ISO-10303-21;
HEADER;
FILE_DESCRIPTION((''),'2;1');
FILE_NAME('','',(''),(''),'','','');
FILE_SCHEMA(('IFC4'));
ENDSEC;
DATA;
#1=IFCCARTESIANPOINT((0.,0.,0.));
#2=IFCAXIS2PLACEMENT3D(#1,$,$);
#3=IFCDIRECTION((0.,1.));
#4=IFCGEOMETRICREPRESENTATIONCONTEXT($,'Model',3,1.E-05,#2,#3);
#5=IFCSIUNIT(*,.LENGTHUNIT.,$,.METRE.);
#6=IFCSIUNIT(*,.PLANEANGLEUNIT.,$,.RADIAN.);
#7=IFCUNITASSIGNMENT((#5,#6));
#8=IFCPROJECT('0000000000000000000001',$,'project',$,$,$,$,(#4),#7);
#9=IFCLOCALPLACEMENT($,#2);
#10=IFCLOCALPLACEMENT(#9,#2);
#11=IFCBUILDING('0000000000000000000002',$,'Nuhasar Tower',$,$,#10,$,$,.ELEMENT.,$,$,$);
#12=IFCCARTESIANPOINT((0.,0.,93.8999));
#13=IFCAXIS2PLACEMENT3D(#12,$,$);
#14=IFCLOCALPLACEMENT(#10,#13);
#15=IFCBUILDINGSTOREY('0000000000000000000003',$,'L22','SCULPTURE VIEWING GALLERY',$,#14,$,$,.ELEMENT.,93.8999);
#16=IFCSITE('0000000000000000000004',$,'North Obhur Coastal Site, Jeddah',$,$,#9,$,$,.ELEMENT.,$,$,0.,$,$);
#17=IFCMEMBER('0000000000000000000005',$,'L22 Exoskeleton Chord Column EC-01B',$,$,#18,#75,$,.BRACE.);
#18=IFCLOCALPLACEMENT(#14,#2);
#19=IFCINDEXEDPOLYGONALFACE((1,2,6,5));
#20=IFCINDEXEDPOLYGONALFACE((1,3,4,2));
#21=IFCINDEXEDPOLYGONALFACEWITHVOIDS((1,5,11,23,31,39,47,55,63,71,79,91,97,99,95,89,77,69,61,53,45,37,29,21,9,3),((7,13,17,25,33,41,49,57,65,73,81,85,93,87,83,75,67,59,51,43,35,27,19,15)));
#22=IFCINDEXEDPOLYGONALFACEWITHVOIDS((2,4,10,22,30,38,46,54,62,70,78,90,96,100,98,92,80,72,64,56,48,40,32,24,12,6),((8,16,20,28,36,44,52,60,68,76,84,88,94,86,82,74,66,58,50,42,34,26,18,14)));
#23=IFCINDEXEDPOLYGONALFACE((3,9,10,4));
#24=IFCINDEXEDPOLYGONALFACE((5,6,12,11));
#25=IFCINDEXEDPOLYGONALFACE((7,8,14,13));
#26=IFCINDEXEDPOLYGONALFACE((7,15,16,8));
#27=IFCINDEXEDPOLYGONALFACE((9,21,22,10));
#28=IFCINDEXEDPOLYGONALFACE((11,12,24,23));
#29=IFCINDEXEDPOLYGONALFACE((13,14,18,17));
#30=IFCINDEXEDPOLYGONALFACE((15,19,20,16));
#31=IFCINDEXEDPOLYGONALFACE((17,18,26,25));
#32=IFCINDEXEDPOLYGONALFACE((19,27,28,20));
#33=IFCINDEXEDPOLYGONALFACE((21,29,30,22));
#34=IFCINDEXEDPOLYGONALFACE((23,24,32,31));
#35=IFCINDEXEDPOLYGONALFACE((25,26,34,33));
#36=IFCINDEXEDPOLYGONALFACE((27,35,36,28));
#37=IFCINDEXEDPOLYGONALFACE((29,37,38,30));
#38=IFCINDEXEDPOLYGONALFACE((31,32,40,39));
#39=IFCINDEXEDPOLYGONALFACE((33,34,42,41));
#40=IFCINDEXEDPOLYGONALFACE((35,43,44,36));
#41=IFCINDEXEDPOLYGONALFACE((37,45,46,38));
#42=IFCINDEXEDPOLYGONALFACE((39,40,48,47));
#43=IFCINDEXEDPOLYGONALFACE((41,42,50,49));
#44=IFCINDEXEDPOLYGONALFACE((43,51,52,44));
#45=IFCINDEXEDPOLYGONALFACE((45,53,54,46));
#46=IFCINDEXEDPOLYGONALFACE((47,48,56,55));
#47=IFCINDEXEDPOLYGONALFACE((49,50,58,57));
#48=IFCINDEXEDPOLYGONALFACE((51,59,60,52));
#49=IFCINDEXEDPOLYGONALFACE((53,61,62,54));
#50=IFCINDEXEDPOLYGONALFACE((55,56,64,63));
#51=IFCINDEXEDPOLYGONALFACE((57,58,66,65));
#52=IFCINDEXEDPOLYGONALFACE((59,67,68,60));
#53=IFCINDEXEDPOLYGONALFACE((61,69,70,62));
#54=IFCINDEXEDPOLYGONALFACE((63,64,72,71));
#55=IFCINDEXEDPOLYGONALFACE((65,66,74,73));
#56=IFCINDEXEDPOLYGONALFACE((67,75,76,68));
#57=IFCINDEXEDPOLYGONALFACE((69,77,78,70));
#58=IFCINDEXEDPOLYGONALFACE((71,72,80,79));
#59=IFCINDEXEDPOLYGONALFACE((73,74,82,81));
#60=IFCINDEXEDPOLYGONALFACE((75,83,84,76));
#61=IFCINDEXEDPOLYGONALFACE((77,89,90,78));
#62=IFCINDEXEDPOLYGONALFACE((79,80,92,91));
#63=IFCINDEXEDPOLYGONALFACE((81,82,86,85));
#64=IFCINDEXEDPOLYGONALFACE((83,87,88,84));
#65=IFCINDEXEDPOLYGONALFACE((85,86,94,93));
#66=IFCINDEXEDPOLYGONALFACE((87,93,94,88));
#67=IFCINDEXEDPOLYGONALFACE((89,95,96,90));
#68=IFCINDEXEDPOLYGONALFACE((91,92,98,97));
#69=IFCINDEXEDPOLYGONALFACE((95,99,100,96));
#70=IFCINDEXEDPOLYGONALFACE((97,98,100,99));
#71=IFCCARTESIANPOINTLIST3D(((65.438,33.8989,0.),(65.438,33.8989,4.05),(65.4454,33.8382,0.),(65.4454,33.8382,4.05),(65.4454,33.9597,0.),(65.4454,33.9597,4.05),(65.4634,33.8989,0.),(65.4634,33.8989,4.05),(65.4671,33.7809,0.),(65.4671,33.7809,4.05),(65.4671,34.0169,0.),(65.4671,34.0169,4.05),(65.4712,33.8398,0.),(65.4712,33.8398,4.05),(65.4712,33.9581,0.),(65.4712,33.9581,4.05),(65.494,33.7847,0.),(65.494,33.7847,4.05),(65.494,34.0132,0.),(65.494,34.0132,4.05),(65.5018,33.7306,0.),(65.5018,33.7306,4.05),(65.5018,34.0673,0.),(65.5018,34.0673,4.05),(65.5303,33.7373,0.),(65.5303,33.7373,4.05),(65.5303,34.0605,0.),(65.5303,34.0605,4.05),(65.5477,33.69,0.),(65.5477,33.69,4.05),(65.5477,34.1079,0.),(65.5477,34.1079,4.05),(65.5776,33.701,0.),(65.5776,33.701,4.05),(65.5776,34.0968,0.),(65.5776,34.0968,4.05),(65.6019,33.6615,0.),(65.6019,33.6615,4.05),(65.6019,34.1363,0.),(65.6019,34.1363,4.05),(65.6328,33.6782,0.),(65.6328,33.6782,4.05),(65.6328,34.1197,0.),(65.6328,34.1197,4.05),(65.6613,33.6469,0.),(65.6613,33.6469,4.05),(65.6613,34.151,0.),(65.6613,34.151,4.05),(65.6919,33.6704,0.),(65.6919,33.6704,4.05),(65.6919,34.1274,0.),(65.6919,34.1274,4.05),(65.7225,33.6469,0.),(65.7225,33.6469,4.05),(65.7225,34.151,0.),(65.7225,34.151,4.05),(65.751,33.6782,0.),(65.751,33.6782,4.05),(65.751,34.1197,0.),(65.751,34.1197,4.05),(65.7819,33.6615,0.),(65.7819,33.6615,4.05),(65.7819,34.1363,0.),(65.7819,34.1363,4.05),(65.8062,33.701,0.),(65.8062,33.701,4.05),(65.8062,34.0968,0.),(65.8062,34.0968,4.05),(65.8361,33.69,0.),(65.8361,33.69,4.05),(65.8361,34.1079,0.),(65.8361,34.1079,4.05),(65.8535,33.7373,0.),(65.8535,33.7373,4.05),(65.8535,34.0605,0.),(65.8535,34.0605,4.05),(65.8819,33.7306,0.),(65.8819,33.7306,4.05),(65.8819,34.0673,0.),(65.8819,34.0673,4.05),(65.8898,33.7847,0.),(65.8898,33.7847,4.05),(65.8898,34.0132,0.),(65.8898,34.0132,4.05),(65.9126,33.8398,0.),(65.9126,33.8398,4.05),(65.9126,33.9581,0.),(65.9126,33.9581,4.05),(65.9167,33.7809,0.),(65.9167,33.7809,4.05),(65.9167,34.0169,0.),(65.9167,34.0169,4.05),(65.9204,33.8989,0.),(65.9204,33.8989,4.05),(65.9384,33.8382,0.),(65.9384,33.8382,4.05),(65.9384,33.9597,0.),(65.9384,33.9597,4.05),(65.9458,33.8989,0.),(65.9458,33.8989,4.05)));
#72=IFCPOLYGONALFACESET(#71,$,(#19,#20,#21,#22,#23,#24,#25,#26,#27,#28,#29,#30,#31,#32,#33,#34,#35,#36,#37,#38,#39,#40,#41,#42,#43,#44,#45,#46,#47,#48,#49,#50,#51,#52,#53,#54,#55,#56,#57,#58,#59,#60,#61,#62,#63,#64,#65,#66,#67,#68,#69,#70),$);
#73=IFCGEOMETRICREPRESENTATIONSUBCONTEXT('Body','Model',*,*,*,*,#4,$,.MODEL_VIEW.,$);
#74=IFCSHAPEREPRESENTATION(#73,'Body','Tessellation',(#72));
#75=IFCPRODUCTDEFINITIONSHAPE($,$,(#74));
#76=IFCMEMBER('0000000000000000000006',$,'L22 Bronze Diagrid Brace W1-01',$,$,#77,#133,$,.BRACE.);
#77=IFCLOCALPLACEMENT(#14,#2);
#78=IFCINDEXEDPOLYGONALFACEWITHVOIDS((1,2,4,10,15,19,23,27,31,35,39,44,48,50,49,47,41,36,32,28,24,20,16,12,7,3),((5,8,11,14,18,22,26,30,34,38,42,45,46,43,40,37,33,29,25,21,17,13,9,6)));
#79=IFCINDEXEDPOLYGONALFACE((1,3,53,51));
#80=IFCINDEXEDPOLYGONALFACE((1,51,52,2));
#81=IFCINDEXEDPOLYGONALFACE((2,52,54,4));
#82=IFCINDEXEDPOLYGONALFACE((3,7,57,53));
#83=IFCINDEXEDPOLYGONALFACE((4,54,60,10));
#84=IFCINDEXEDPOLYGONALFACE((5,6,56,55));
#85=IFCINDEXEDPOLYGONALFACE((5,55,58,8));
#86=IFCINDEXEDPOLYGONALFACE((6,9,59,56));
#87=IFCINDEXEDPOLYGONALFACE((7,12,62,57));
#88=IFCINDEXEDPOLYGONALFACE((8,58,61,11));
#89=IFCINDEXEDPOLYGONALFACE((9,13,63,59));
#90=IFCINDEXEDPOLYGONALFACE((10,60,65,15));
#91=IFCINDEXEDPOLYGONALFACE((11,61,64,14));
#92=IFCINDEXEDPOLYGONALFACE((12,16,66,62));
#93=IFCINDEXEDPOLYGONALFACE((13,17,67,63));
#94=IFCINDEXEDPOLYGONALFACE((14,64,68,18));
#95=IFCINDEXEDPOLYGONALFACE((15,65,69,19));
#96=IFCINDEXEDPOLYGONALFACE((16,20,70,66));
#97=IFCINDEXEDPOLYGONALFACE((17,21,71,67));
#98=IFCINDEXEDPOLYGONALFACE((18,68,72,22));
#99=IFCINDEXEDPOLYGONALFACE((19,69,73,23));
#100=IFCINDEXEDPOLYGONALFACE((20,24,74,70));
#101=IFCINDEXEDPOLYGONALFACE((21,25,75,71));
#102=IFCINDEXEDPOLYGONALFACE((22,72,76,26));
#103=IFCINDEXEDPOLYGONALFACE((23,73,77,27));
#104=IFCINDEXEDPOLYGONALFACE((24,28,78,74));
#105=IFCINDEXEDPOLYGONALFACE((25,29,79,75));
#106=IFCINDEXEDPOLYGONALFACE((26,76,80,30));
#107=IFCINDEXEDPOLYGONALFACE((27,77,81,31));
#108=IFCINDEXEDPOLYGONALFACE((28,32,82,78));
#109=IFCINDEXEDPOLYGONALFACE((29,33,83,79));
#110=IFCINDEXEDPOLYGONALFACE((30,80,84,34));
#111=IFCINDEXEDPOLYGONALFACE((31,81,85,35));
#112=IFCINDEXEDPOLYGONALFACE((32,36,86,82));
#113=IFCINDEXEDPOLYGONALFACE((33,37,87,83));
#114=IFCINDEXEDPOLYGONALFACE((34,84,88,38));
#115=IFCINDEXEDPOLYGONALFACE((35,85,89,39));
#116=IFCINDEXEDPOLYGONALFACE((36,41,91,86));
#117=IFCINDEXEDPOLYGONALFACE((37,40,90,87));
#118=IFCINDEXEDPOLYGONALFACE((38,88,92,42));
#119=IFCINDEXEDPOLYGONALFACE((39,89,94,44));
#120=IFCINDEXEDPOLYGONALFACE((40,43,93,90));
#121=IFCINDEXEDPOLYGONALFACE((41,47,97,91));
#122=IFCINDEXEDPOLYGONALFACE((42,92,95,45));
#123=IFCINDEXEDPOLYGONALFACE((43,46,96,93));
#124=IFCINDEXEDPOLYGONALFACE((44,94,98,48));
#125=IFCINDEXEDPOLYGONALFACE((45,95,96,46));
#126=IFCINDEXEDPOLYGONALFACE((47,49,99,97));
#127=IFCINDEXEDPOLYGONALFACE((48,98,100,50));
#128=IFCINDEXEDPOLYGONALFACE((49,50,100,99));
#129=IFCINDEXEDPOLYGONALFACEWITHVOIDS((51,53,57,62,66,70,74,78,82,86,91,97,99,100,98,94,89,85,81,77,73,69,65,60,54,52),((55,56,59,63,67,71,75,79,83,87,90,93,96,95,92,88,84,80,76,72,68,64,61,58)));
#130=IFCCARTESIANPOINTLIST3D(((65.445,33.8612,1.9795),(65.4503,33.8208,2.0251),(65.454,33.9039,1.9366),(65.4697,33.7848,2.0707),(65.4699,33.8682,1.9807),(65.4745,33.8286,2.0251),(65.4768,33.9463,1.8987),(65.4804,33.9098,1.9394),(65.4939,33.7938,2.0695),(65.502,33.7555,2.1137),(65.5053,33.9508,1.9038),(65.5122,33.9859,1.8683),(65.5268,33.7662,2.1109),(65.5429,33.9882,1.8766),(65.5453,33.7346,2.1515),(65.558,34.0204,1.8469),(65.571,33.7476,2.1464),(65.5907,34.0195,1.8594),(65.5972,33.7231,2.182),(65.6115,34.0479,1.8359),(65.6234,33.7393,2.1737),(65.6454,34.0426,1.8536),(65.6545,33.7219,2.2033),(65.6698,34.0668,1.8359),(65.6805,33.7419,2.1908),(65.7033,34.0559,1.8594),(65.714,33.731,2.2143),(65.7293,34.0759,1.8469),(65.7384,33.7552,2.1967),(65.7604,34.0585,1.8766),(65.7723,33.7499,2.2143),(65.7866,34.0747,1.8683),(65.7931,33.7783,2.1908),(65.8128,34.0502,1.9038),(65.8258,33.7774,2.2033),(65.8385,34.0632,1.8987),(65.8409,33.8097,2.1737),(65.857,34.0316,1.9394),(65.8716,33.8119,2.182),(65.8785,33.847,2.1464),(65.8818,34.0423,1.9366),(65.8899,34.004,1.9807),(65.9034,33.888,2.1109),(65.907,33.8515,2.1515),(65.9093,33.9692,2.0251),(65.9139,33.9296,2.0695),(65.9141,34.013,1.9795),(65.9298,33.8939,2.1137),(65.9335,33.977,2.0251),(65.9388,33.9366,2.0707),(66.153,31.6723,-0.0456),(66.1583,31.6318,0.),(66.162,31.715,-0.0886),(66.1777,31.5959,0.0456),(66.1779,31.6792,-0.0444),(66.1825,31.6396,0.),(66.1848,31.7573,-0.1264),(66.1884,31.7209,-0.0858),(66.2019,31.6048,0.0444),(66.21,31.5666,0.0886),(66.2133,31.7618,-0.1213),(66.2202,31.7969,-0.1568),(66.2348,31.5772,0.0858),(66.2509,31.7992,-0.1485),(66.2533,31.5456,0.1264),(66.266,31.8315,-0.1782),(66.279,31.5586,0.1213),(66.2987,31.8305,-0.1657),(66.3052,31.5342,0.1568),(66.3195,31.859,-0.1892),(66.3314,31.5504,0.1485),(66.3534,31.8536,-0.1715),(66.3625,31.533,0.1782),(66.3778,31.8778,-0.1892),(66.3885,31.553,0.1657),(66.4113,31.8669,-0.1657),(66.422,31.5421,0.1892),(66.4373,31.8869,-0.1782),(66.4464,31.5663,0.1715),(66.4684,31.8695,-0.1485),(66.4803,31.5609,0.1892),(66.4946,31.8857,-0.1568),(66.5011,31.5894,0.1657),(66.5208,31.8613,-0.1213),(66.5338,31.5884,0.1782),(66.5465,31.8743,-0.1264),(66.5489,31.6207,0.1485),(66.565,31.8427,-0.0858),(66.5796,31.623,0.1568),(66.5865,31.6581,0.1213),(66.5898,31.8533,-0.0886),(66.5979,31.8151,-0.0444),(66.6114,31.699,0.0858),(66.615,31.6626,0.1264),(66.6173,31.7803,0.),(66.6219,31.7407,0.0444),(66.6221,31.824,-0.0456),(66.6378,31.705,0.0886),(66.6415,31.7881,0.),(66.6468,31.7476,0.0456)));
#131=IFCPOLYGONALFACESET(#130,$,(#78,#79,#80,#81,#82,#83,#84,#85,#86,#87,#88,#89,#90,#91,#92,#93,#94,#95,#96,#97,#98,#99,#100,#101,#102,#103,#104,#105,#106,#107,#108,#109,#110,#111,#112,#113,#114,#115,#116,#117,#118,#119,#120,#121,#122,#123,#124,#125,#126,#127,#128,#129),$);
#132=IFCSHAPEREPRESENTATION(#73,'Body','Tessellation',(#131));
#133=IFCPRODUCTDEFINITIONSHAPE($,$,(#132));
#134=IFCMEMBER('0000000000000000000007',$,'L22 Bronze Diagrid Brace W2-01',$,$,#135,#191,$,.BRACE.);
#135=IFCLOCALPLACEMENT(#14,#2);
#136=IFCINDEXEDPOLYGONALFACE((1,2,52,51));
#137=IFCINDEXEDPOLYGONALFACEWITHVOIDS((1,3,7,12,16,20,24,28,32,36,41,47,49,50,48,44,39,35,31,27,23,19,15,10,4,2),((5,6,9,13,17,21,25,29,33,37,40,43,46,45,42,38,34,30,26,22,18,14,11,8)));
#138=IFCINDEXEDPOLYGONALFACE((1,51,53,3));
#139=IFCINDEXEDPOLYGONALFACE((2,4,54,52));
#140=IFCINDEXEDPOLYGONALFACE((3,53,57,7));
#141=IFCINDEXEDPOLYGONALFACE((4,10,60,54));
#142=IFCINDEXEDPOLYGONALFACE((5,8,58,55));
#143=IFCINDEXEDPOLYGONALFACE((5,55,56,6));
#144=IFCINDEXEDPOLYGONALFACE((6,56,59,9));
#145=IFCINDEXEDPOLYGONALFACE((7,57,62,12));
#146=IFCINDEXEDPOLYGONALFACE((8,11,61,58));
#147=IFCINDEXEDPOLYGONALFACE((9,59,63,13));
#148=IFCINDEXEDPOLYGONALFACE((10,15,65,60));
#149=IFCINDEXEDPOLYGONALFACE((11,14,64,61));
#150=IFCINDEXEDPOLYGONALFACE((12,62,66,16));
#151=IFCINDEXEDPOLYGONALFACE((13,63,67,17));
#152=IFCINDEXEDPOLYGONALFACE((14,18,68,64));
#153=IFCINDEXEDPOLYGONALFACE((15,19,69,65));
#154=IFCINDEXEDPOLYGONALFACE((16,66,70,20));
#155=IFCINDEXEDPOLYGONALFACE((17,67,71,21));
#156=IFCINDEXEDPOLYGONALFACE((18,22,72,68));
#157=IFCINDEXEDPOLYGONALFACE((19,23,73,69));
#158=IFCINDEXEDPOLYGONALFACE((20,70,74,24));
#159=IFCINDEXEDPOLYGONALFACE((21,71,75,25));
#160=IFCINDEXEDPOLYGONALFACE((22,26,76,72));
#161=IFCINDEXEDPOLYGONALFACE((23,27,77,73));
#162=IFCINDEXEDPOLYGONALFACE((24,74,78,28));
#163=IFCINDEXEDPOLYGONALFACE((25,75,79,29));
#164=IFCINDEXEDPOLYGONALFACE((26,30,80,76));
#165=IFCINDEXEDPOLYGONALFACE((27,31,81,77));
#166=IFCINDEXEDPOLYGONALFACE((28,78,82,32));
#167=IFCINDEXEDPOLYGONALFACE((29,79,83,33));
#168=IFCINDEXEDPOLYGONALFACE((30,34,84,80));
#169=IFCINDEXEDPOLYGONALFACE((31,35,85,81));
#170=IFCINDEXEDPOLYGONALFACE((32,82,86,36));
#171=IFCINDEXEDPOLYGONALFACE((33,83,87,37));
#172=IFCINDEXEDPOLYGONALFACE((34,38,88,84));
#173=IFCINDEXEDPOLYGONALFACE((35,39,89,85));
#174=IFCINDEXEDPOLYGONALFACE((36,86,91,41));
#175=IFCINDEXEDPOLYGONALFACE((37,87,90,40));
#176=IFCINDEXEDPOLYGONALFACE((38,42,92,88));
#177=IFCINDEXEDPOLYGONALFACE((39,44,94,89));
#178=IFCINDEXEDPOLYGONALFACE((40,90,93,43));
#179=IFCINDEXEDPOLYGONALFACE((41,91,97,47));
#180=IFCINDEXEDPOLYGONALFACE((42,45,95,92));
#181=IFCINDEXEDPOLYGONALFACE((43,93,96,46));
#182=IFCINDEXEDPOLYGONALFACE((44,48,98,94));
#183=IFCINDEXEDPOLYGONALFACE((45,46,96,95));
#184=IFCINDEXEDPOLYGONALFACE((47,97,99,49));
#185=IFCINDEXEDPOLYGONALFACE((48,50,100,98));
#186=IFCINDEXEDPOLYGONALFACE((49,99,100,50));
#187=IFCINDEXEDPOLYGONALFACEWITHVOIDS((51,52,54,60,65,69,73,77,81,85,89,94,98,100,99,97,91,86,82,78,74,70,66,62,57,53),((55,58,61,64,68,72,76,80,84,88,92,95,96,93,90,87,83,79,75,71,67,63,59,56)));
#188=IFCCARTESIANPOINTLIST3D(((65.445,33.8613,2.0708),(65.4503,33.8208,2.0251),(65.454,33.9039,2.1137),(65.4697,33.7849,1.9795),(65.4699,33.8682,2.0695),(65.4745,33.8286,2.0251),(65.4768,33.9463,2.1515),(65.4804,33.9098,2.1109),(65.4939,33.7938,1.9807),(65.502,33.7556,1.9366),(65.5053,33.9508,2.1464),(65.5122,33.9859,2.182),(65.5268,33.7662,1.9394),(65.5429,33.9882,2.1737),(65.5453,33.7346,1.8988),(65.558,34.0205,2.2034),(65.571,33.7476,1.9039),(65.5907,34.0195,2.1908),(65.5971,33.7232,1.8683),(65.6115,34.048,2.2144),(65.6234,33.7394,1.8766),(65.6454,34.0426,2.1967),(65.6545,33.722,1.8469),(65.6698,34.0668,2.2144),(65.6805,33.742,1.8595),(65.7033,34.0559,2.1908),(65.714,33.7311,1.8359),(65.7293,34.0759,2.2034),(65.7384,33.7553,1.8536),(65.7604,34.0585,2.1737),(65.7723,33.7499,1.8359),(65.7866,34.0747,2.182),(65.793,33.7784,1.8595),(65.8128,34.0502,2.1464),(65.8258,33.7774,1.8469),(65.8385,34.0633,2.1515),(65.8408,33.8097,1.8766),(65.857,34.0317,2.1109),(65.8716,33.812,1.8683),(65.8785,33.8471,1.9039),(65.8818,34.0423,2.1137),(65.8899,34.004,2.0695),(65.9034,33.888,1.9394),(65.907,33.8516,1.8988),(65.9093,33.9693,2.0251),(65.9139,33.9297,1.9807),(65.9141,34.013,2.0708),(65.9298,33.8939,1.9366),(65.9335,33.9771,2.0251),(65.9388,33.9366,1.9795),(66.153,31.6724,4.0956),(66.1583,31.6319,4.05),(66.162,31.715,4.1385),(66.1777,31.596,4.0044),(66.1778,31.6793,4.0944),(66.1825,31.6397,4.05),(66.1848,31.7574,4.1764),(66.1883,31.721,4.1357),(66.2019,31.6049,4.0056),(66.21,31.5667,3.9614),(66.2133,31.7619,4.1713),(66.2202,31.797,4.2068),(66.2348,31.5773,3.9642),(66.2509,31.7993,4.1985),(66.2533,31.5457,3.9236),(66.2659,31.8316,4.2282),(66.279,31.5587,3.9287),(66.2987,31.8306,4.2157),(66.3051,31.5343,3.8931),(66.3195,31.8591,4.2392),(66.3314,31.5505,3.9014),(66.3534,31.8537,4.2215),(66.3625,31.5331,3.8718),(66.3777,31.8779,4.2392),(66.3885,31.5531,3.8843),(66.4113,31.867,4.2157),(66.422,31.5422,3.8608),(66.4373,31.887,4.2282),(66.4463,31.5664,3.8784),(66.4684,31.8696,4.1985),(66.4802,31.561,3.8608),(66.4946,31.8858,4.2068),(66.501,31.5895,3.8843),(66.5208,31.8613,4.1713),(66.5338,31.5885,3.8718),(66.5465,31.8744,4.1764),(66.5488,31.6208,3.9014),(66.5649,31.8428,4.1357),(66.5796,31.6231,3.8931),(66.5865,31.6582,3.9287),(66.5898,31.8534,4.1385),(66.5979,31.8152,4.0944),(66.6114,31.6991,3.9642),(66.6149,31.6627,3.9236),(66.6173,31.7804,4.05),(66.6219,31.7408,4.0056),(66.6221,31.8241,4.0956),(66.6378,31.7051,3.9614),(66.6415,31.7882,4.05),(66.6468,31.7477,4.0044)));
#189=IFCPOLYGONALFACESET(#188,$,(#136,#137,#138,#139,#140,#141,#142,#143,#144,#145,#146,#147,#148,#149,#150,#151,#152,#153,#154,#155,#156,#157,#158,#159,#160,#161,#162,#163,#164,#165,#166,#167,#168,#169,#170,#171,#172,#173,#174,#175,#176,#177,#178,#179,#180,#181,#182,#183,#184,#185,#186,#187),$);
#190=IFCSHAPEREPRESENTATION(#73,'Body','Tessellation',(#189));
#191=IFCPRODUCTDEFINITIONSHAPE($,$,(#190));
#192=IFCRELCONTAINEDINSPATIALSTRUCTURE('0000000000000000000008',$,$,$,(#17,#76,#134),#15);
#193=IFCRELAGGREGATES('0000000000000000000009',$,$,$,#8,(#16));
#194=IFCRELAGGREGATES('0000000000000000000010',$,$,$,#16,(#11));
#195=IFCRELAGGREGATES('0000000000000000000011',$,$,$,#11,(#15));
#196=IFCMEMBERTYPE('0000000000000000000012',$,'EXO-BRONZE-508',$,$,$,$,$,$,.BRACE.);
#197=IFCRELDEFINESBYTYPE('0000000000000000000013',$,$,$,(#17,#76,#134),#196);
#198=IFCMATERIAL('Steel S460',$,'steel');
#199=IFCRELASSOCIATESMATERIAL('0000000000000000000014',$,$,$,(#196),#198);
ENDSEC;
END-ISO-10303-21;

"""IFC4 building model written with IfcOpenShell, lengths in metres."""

from ifc_helpers import new_model, si_unit, direction, frame, origin, origin_2d, place, context, subcontext, project, spatial, hollow_circle, extrude, material, material_profile, profile_set, type_object, element, save


model = new_model("IFC4")

# Units and contexts
model_context = context("Model", 3, precision=1e-05, world=origin(), true_north=direction((0.0, 1.0)))
body_context = subcontext(model_context, "Body", "Model", "MODEL_VIEW")
ifc_project = project(units=[si_unit("LENGTHUNIT", "METRE"), si_unit("PLANEANGLEUNIT", "RADIAN")], contexts=[model_context])

# Site, building, storey
site_placement = place(None, origin())
site = spatial("IfcSite", under=ifc_project, at=site_placement, Name="North Obhur Coastal Site, Jeddah", CompositionType="ELEMENT", RefElevation=0.0)
building_placement = place(site_placement, origin())
building = spatial("IfcBuilding", under=site, at=building_placement, Name="Nuhasar Tower", CompositionType="ELEMENT")
storey_placement = place(building_placement, frame((0.0, 0.0, 93.8999)))
storey = spatial("IfcBuildingStorey", under=building, at=storey_placement, Name="L22", Description="SCULPTURE VIEWING GALLERY", CompositionType="ELEMENT", Elevation=93.8999)

# Members
ifc_material_1 = material(Name="Steel S460", Category="steel")
ifc_material_profile_1 = material_profile(ifc_material_1, hollow_circle(Radius=0.2539, WallThickness=0.0254, at=origin_2d()), Name="HSS508X25.4")
ifc_profile_set_1 = profile_set([ifc_material_profile_1], Name="Steel S460")
member_type_1 = type_object("IfcMemberType", Name="EXO-BRONZE-508", PredefinedType="BRACE", material=ifc_profile_set_1)
for number, where, z_axis, x_axis, name in (
    (1, (65.6919, 33.8989, 0.0), (0.0, 0.0, 1.0), (1.0, 0.0, 0.0), "L22 Exoskeleton Chord Column EC-01B"),
):
    element("IfcMember", number, at=place(storey_placement, frame(where, z_axis=z_axis, x_axis=x_axis)), inside=storey, type_object=member_type_1, Name=name, PredefinedType="BRACE", context=body_context, shape_type="SweptSolid", body=[
        extrude(hollow_circle(Radius=0.2539, WallThickness=0.0254, at=origin_2d()), origin(), (0.0, 0.0, 1.0), 4.05),
    ])
member_1_placement = place(storey_placement, frame((66.3999, 31.71, 0.0), z_axis=(-0.231, 0.714187, 0.660739), x_axis=(-0.951468, -0.307747, 0.0)))
element("IfcMember", 2, at=member_1_placement, inside=storey, type_object=member_type_1, Name="L22 Bronze Diagrid Brace W1-01", PredefinedType="BRACE", context=body_context, shape_type="SweptSolid", body=[
    extrude(hollow_circle(Radius=0.2539, WallThickness=0.0254, at=origin_2d()), origin(), (0.0, 0.0, 1.0), 3.0649),
])
member_2_placement = place(storey_placement, frame((65.6919, 33.8989, 2.0251), z_axis=(0.231012, -0.714225, 0.660694), x_axis=(0.951468, 0.307747, 0.0)))
element("IfcMember", 3, at=member_2_placement, inside=storey, type_object=member_type_1, Name="L22 Bronze Diagrid Brace W2-01", PredefinedType="BRACE", context=body_context, shape_type="SweptSolid", body=[
    extrude(hollow_circle(Radius=0.2539, WallThickness=0.0254, at=origin_2d()), origin(), (0.0, 0.0, 1.0), 3.0647),
])

save(model, "model.ifc")
